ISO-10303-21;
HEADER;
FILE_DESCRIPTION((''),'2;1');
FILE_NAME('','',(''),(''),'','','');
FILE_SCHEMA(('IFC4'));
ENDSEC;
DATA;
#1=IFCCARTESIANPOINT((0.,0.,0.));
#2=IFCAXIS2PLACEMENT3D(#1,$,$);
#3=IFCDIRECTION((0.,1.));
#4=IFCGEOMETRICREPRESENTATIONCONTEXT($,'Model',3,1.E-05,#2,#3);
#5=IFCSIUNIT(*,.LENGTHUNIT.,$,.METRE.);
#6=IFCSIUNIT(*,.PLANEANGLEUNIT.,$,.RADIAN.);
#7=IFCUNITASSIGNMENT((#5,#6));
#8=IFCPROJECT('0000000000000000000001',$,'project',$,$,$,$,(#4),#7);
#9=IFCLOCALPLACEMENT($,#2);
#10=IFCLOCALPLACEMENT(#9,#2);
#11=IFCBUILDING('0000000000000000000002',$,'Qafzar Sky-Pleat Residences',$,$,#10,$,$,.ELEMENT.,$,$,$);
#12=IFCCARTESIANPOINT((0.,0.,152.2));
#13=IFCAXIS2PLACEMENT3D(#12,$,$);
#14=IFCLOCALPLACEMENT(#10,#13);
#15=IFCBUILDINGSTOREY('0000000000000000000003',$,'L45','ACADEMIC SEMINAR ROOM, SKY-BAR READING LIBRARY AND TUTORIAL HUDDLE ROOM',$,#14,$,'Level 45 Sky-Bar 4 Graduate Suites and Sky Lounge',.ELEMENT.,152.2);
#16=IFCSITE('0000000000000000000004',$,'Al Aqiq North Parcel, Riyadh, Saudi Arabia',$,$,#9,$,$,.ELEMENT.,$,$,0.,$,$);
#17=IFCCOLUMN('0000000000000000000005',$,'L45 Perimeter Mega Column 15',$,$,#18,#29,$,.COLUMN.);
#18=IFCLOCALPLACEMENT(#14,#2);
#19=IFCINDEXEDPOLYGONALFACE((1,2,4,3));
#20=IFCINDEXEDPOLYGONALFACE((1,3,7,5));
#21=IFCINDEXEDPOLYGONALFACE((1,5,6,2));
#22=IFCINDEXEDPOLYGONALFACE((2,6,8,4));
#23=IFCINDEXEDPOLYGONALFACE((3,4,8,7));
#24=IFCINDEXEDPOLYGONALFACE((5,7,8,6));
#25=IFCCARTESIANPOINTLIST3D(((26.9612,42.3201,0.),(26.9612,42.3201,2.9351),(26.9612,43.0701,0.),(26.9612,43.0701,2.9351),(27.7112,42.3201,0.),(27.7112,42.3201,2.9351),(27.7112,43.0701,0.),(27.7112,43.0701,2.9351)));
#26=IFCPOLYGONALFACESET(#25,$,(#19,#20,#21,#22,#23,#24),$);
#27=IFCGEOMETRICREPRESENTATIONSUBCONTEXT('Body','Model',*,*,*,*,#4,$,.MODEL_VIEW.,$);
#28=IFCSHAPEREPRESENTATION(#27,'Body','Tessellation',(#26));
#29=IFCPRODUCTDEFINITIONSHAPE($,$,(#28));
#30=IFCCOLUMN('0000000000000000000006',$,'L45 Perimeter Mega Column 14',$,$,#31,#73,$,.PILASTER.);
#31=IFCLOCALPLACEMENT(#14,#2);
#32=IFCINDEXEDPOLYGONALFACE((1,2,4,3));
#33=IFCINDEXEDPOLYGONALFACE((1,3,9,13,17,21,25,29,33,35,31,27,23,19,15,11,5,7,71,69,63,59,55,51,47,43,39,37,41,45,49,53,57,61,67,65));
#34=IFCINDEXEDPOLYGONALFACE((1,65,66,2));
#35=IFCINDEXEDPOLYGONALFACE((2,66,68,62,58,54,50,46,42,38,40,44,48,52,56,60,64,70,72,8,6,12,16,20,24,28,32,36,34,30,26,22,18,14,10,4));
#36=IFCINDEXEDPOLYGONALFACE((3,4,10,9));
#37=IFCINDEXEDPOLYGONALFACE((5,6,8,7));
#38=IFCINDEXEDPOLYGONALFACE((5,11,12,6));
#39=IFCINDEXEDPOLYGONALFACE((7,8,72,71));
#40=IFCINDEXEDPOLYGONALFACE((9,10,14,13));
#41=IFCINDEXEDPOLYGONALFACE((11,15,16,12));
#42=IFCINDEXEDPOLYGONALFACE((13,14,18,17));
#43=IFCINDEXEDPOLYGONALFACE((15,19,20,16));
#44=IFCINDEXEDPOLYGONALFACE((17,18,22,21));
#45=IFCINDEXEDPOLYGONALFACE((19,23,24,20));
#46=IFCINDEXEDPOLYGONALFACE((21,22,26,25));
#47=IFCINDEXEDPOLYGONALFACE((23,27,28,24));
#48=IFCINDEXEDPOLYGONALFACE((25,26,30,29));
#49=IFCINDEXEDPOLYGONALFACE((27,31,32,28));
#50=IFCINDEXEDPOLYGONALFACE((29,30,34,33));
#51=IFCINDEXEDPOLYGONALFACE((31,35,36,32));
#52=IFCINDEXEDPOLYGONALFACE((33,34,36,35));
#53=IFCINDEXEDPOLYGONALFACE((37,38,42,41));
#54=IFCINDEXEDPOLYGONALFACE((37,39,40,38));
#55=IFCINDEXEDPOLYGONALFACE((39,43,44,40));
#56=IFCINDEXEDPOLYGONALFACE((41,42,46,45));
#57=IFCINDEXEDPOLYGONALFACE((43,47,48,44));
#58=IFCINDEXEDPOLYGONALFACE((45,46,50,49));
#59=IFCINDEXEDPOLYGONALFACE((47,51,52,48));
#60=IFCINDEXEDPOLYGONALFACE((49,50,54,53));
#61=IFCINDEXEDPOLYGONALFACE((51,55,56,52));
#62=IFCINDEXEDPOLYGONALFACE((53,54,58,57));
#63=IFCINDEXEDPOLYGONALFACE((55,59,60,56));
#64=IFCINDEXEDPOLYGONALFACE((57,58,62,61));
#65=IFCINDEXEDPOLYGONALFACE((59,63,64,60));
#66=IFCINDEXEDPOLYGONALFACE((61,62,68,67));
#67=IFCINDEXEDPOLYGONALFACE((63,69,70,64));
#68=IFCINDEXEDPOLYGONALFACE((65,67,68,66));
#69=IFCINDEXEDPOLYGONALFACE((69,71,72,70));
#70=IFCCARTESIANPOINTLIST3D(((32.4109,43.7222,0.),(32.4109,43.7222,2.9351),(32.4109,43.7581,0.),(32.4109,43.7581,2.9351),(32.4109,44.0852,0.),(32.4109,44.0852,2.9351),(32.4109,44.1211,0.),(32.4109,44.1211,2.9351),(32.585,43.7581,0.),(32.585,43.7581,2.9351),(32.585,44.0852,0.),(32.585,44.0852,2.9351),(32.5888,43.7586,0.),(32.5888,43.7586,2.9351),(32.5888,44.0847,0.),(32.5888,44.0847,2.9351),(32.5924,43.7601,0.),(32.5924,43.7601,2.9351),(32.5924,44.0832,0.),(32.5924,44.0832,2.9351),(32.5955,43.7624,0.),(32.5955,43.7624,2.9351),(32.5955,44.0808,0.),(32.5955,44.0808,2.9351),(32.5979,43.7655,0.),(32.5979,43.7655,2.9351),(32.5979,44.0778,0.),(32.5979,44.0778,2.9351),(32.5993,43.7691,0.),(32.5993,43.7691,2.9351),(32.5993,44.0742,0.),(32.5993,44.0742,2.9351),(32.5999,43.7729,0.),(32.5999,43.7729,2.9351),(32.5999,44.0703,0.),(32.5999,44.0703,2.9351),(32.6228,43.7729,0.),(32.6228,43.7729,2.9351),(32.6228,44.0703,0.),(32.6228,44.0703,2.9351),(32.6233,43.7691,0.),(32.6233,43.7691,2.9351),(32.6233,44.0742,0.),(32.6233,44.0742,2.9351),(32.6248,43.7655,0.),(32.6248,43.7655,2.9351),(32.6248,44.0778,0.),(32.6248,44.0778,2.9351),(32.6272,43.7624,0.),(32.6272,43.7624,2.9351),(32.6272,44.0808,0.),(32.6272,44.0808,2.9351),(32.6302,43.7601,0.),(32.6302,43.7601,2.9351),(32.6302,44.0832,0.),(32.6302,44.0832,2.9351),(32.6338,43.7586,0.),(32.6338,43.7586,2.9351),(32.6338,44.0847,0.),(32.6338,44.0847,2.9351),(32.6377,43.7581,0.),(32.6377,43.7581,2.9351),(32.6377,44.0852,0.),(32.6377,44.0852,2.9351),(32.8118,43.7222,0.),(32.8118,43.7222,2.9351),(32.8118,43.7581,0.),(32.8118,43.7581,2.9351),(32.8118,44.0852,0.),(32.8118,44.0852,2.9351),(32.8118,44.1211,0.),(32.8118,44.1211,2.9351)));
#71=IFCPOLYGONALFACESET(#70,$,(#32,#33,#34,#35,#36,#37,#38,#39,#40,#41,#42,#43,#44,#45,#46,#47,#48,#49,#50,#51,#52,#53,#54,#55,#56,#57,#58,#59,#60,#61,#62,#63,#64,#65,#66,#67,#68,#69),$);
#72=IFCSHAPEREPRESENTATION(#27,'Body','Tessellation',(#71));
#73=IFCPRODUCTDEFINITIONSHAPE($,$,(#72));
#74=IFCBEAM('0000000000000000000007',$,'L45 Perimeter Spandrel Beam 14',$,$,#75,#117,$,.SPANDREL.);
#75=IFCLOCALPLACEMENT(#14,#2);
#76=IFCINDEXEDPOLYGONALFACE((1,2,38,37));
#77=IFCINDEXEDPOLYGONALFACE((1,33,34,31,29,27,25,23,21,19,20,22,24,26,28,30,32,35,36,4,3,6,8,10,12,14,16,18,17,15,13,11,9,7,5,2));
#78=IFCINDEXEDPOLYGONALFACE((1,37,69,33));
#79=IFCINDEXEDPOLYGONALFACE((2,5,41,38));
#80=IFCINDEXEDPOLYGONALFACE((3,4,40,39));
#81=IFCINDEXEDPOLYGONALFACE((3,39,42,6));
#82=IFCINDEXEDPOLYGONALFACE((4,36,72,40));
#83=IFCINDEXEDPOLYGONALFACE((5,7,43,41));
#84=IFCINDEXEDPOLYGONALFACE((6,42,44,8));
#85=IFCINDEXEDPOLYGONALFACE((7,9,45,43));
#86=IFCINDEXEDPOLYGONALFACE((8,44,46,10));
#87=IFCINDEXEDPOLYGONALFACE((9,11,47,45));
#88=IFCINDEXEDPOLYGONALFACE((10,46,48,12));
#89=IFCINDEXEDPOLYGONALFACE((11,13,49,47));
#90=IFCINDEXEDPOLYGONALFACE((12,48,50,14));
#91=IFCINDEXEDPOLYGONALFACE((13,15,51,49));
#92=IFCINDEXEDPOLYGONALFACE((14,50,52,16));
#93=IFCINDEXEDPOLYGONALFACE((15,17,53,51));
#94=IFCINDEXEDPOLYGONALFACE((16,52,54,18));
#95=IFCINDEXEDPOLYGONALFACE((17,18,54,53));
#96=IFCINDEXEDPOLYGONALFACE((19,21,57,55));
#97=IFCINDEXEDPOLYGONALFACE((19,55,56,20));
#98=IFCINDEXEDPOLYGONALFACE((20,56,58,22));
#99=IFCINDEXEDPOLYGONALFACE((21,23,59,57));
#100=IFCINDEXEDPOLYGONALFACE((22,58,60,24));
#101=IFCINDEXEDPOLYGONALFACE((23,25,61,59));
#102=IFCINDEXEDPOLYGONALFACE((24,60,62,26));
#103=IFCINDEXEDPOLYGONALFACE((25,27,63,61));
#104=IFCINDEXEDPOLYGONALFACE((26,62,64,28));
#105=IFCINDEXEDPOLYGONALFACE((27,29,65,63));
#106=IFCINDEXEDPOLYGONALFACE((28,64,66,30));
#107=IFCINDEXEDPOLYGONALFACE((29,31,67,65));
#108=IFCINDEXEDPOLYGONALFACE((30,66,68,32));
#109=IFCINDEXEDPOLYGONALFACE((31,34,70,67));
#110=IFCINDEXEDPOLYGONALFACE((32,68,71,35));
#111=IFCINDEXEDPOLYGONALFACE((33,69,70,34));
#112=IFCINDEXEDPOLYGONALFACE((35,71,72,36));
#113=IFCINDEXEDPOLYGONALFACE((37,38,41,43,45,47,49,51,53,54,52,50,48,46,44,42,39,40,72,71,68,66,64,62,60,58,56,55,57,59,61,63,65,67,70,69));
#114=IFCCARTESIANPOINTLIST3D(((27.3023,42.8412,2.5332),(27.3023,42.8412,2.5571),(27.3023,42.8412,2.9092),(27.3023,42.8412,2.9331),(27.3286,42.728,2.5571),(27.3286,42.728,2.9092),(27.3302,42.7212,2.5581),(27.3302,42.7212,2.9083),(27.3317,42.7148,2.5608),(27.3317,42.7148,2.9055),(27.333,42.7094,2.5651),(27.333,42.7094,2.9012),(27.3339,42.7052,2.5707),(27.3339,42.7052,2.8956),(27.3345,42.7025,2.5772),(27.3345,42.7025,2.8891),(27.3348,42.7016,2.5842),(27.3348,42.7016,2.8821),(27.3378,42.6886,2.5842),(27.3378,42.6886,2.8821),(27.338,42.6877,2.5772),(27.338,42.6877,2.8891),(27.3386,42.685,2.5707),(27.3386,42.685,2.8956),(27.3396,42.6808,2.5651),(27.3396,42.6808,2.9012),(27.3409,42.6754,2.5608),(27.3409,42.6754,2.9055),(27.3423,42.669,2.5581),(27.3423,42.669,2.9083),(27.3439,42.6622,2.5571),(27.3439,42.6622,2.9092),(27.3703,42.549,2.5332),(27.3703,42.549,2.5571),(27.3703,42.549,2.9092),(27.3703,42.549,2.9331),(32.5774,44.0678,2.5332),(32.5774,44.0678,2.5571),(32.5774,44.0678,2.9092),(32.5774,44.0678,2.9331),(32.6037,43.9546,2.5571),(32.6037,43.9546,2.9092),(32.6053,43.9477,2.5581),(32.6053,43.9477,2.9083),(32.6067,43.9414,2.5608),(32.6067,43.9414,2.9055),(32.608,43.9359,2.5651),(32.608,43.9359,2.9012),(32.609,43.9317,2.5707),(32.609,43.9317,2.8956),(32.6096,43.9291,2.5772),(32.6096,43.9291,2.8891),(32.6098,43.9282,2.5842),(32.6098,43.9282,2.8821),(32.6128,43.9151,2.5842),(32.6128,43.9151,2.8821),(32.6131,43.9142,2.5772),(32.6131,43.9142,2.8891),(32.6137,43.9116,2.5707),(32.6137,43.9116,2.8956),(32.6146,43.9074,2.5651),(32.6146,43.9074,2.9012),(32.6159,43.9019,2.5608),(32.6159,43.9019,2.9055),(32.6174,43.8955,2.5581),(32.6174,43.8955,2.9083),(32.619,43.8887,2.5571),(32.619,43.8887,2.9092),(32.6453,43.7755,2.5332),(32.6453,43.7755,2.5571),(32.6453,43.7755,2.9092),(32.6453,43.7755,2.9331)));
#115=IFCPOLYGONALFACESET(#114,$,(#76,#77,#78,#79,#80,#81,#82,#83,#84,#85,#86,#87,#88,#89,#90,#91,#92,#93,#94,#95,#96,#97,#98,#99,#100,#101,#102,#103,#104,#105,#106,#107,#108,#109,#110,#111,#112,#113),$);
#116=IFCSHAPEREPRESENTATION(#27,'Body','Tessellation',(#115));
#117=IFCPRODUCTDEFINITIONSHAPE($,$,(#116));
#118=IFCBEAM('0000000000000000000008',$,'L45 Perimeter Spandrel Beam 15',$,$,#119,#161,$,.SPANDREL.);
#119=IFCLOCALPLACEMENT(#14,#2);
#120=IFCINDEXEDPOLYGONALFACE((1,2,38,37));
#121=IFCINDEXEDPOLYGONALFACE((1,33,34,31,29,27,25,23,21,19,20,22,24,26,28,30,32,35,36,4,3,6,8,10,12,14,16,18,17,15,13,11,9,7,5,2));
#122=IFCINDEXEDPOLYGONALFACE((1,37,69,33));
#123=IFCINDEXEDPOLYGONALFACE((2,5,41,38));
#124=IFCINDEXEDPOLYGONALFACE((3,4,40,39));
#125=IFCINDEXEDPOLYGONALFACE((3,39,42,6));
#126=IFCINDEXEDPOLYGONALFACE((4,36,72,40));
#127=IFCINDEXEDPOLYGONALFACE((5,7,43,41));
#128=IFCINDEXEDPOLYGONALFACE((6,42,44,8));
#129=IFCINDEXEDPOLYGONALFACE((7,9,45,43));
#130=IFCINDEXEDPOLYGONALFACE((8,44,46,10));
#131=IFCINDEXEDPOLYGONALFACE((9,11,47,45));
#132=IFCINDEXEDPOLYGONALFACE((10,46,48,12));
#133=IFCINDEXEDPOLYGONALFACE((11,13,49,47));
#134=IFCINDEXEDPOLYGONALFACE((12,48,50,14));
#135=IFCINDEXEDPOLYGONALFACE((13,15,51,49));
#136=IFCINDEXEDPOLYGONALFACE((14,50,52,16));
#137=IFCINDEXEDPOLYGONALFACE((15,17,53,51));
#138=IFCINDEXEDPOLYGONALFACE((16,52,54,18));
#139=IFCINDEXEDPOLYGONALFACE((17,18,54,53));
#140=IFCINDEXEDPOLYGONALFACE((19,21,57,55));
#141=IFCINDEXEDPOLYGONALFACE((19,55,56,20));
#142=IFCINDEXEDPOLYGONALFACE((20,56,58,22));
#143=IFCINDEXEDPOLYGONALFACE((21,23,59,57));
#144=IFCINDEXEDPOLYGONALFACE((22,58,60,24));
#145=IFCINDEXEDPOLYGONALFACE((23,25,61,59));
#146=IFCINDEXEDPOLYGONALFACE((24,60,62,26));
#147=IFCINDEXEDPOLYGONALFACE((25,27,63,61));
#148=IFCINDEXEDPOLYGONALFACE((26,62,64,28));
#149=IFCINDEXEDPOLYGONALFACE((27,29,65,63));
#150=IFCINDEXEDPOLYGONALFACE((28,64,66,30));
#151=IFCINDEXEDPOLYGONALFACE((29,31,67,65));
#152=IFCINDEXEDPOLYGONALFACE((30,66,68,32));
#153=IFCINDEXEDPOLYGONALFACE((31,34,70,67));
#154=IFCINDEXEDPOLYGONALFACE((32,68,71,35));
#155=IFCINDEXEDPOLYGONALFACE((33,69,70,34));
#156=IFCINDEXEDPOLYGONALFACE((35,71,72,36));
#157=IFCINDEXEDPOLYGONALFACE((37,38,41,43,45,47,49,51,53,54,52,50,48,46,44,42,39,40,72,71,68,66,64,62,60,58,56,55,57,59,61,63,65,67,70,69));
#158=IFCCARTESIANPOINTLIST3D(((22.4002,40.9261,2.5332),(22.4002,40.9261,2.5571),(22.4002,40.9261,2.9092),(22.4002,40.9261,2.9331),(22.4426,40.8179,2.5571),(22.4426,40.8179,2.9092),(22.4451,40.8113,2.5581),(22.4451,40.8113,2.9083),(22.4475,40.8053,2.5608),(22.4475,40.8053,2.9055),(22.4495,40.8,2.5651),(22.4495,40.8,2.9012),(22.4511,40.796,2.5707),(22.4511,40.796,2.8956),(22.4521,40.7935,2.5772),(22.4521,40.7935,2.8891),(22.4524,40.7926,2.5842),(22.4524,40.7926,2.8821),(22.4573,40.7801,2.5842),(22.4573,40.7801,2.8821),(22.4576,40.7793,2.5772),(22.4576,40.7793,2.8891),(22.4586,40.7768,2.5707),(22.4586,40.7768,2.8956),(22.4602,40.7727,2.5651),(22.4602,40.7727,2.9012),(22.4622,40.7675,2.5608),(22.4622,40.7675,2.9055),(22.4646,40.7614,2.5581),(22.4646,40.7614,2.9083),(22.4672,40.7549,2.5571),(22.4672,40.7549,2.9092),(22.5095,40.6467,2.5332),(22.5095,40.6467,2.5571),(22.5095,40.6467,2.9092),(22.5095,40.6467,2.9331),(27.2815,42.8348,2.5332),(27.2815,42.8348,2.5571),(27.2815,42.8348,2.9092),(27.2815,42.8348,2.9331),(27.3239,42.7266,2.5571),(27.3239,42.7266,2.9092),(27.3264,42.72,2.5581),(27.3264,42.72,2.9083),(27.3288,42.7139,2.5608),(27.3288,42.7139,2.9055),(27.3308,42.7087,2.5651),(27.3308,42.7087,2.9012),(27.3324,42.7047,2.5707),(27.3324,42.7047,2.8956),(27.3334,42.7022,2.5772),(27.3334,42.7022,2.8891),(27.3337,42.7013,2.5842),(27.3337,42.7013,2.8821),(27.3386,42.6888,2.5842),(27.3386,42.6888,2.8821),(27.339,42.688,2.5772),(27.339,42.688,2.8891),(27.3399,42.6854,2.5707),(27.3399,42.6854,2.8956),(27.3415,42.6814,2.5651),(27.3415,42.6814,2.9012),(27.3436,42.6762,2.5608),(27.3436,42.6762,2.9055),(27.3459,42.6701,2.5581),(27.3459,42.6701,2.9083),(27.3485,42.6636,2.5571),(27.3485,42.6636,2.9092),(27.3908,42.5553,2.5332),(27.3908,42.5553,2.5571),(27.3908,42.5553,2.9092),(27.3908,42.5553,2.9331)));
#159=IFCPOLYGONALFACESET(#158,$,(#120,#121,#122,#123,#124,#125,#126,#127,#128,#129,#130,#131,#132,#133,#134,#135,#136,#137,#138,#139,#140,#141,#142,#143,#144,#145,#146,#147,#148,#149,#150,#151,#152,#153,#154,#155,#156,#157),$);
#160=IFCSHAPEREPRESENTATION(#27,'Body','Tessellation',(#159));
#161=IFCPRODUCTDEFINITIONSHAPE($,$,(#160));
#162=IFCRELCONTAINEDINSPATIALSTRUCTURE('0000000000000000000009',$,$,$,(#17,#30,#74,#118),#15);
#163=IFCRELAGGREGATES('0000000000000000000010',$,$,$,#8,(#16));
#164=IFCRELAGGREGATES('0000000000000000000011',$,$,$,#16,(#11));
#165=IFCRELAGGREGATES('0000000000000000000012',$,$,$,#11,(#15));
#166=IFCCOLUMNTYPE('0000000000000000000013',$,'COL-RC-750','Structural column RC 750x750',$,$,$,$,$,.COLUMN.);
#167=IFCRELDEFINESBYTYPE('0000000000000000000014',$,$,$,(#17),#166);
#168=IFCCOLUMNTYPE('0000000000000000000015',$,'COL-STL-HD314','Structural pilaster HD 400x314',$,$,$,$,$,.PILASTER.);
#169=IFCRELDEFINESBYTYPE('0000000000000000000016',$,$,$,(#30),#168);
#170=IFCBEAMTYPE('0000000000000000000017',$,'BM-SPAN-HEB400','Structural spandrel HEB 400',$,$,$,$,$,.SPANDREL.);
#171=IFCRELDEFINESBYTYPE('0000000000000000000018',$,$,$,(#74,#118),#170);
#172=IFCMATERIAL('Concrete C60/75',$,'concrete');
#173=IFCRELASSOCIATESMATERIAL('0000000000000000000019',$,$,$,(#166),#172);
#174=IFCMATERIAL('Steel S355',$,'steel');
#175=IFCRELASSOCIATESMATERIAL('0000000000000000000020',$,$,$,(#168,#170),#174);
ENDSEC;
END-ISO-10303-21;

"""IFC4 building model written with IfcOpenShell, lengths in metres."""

from ifc_helpers import new_model, si_unit, direction, frame, origin, origin_2d, place, context, subcontext, project, spatial, rectangle, i_section, extrude, source, transform, mapped, material, material_profile, profile_set, type_object, element, save


model = new_model("IFC4")

# Units and contexts
model_context = context("Model", 3, precision=1e-05, world=origin(), true_north=direction((0.0, 1.0)))
body_context = subcontext(model_context, "Body", "Model", "MODEL_VIEW")
ifc_project = project(units=[si_unit("LENGTHUNIT", "METRE"), si_unit("PLANEANGLEUNIT", "RADIAN")], contexts=[model_context])

# Site, building, storey
site_placement = place(None, origin())
site = spatial("IfcSite", under=ifc_project, at=site_placement, Name="Al Aqiq North Parcel, Riyadh, Saudi Arabia", CompositionType="ELEMENT", RefElevation=0.0)
building_placement = place(site_placement, origin())
building = spatial("IfcBuilding", under=site, at=building_placement, Name="Qafzar Sky-Pleat Residences", CompositionType="ELEMENT")
storey_placement = place(building_placement, frame((0.0, 0.0, 152.2)))
storey = spatial("IfcBuildingStorey", under=building, at=storey_placement, Name="L45", Description="ACADEMIC SEMINAR ROOM, SKY-BAR READING LIBRARY AND TUTORIAL HUDDLE ROOM", LongName="Level 45 Sky-Bar 4 Graduate Suites and Sky Lounge", CompositionType="ELEMENT", Elevation=152.2)

# Columns
ifc_material_1 = material(Name="Concrete C60/75", Category="concrete")
ifc_material_profile_1 = material_profile(ifc_material_1, rectangle(XDim=0.75, YDim=0.75, at=origin_2d()), Name="RC 750x750")
ifc_profile_set_1 = profile_set([ifc_material_profile_1], Name="Concrete C60/75")
column_type_1 = type_object("IfcColumnType", Name="COL-RC-750", Description="Structural column RC 750x750", PredefinedType="COLUMN", material=ifc_profile_set_1)
shared_shape_1 = source(origin(), body_context, "Body", "SweptSolid", [
    extrude(rectangle(XDim=0.75, YDim=0.75, at=origin_2d()), origin(), (0.0, 0.0, 1.0), 2.9351),
])
column_1_placement = place(storey_placement, frame((27.3362, 42.6951, 0.0), z_axis=(0.0, 0.0, 1.0), x_axis=(1.0, 0.0, 0.0)))
element("IfcColumn", 1, at=column_1_placement, inside=storey, type_object=column_type_1, Name="L45 Perimeter Mega Column 15", PredefinedType="COLUMN", context=body_context, shape_type="MappedRepresentation", body=[
    mapped(shared_shape_1, transform((0.0, 0.0, 0.0), x_axis=(1.0, 0.0, 0.0), y_axis=(0.0, 1.0, 0.0), z_axis=(0.0, 0.0, 1.0), scale=1.0)),
])
ifc_material_2 = material(Name="Steel S355", Category="steel")
ifc_material_profile_2 = material_profile(ifc_material_2, i_section(OverallWidth=0.4009, OverallDepth=0.3989, WebThickness=0.0229, FlangeThickness=0.0359, FilletRadius=0.0149, at=origin_2d()), Name="HD 400x314")
ifc_profile_set_2 = profile_set([ifc_material_profile_2], Name="Steel S355")
column_type_2 = type_object("IfcColumnType", Name="COL-STL-HD314", Description="Structural pilaster HD 400x314", PredefinedType="PILASTER", material=ifc_profile_set_2)
shared_shape_2 = source(origin(), body_context, "Body", "SweptSolid", [
    extrude(i_section(OverallWidth=0.4009, OverallDepth=0.3989, WebThickness=0.0229, FlangeThickness=0.0359, FilletRadius=0.0149, at=origin_2d()), origin(), (0.0, 0.0, 1.0), 2.9351),
])
column_2_placement = place(storey_placement, frame((32.6113, 43.9216, 0.0), z_axis=(0.0, 0.0, 1.0), x_axis=(1.0, 0.0, 0.0)))
element("IfcColumn", 2, at=column_2_placement, inside=storey, type_object=column_type_2, Name="L45 Perimeter Mega Column 14", PredefinedType="PILASTER", context=body_context, shape_type="MappedRepresentation", body=[
    mapped(shared_shape_2, transform((0.0, 0.0, 0.0), x_axis=(1.0, 0.0, 0.0), y_axis=(0.0, 1.0, 0.0), z_axis=(0.0, 0.0, 1.0), scale=1.0)),
])

# Beams
ifc_material_profile_3 = material_profile(ifc_material_2, i_section(OverallWidth=0.3, OverallDepth=0.3999, WebThickness=0.0134, FlangeThickness=0.0239, FilletRadius=0.0271, at=origin_2d()), Name="HEB 400")
ifc_profile_set_3 = profile_set([ifc_material_profile_3], Name="Steel S355")
beam_type_1 = type_object("IfcBeamType", Name="BM-SPAN-HEB400", Description="Structural spandrel HEB 400", PredefinedType="SPANDREL", material=ifc_profile_set_3)
shared_shape_3 = source(origin(), body_context, "Body", "SweptSolid", [
    extrude(i_section(OverallWidth=0.3, OverallDepth=0.3999, WebThickness=0.0134, FlangeThickness=0.0239, FilletRadius=0.0271, at=origin_2d()), origin(), (0.0, 0.0, 1.0), 5.4158),
])
beam_1_placement = place(storey_placement, frame((32.6113, 43.9216, 2.7332), z_axis=(-0.974017, -0.226476, 0.0), x_axis=(0.226476, -0.974017, 0.0)))
element("IfcBeam", 3, at=beam_1_placement, inside=storey, type_object=beam_type_1, Name="L45 Perimeter Spandrel Beam 14", PredefinedType="SPANDREL", context=body_context, shape_type="MappedRepresentation", body=[
    mapped(shared_shape_3, transform((0.0, 0.0, 0.0), x_axis=(1.0, 0.0, 0.0), y_axis=(0.0, 1.0, 0.0), z_axis=(0.0, 0.0, 1.0), scale=1.0)),
])
shared_shape_4 = source(origin(), body_context, "Body", "SweptSolid", [
    extrude(i_section(OverallWidth=0.3, OverallDepth=0.3999, WebThickness=0.0134, FlangeThickness=0.0239, FilletRadius=0.0271, at=origin_2d()), origin(), (0.0, 0.0, 1.0), 5.2412),
])
beam_2_placement = place(storey_placement, frame((27.3362, 42.6951, 2.7332), z_axis=(-0.931333, -0.364168, 0.0), x_axis=(0.364168, -0.931333, 0.0)))
element("IfcBeam", 4, at=beam_2_placement, inside=storey, type_object=beam_type_1, Name="L45 Perimeter Spandrel Beam 15", PredefinedType="SPANDREL", context=body_context, shape_type="MappedRepresentation", body=[
    mapped(shared_shape_4, transform((0.0, 0.0, 0.0), x_axis=(1.0, 0.0, 0.0), y_axis=(0.0, 1.0, 0.0), z_axis=(0.0, 0.0, 1.0), scale=1.0)),
])

save(model, "model.ifc")
